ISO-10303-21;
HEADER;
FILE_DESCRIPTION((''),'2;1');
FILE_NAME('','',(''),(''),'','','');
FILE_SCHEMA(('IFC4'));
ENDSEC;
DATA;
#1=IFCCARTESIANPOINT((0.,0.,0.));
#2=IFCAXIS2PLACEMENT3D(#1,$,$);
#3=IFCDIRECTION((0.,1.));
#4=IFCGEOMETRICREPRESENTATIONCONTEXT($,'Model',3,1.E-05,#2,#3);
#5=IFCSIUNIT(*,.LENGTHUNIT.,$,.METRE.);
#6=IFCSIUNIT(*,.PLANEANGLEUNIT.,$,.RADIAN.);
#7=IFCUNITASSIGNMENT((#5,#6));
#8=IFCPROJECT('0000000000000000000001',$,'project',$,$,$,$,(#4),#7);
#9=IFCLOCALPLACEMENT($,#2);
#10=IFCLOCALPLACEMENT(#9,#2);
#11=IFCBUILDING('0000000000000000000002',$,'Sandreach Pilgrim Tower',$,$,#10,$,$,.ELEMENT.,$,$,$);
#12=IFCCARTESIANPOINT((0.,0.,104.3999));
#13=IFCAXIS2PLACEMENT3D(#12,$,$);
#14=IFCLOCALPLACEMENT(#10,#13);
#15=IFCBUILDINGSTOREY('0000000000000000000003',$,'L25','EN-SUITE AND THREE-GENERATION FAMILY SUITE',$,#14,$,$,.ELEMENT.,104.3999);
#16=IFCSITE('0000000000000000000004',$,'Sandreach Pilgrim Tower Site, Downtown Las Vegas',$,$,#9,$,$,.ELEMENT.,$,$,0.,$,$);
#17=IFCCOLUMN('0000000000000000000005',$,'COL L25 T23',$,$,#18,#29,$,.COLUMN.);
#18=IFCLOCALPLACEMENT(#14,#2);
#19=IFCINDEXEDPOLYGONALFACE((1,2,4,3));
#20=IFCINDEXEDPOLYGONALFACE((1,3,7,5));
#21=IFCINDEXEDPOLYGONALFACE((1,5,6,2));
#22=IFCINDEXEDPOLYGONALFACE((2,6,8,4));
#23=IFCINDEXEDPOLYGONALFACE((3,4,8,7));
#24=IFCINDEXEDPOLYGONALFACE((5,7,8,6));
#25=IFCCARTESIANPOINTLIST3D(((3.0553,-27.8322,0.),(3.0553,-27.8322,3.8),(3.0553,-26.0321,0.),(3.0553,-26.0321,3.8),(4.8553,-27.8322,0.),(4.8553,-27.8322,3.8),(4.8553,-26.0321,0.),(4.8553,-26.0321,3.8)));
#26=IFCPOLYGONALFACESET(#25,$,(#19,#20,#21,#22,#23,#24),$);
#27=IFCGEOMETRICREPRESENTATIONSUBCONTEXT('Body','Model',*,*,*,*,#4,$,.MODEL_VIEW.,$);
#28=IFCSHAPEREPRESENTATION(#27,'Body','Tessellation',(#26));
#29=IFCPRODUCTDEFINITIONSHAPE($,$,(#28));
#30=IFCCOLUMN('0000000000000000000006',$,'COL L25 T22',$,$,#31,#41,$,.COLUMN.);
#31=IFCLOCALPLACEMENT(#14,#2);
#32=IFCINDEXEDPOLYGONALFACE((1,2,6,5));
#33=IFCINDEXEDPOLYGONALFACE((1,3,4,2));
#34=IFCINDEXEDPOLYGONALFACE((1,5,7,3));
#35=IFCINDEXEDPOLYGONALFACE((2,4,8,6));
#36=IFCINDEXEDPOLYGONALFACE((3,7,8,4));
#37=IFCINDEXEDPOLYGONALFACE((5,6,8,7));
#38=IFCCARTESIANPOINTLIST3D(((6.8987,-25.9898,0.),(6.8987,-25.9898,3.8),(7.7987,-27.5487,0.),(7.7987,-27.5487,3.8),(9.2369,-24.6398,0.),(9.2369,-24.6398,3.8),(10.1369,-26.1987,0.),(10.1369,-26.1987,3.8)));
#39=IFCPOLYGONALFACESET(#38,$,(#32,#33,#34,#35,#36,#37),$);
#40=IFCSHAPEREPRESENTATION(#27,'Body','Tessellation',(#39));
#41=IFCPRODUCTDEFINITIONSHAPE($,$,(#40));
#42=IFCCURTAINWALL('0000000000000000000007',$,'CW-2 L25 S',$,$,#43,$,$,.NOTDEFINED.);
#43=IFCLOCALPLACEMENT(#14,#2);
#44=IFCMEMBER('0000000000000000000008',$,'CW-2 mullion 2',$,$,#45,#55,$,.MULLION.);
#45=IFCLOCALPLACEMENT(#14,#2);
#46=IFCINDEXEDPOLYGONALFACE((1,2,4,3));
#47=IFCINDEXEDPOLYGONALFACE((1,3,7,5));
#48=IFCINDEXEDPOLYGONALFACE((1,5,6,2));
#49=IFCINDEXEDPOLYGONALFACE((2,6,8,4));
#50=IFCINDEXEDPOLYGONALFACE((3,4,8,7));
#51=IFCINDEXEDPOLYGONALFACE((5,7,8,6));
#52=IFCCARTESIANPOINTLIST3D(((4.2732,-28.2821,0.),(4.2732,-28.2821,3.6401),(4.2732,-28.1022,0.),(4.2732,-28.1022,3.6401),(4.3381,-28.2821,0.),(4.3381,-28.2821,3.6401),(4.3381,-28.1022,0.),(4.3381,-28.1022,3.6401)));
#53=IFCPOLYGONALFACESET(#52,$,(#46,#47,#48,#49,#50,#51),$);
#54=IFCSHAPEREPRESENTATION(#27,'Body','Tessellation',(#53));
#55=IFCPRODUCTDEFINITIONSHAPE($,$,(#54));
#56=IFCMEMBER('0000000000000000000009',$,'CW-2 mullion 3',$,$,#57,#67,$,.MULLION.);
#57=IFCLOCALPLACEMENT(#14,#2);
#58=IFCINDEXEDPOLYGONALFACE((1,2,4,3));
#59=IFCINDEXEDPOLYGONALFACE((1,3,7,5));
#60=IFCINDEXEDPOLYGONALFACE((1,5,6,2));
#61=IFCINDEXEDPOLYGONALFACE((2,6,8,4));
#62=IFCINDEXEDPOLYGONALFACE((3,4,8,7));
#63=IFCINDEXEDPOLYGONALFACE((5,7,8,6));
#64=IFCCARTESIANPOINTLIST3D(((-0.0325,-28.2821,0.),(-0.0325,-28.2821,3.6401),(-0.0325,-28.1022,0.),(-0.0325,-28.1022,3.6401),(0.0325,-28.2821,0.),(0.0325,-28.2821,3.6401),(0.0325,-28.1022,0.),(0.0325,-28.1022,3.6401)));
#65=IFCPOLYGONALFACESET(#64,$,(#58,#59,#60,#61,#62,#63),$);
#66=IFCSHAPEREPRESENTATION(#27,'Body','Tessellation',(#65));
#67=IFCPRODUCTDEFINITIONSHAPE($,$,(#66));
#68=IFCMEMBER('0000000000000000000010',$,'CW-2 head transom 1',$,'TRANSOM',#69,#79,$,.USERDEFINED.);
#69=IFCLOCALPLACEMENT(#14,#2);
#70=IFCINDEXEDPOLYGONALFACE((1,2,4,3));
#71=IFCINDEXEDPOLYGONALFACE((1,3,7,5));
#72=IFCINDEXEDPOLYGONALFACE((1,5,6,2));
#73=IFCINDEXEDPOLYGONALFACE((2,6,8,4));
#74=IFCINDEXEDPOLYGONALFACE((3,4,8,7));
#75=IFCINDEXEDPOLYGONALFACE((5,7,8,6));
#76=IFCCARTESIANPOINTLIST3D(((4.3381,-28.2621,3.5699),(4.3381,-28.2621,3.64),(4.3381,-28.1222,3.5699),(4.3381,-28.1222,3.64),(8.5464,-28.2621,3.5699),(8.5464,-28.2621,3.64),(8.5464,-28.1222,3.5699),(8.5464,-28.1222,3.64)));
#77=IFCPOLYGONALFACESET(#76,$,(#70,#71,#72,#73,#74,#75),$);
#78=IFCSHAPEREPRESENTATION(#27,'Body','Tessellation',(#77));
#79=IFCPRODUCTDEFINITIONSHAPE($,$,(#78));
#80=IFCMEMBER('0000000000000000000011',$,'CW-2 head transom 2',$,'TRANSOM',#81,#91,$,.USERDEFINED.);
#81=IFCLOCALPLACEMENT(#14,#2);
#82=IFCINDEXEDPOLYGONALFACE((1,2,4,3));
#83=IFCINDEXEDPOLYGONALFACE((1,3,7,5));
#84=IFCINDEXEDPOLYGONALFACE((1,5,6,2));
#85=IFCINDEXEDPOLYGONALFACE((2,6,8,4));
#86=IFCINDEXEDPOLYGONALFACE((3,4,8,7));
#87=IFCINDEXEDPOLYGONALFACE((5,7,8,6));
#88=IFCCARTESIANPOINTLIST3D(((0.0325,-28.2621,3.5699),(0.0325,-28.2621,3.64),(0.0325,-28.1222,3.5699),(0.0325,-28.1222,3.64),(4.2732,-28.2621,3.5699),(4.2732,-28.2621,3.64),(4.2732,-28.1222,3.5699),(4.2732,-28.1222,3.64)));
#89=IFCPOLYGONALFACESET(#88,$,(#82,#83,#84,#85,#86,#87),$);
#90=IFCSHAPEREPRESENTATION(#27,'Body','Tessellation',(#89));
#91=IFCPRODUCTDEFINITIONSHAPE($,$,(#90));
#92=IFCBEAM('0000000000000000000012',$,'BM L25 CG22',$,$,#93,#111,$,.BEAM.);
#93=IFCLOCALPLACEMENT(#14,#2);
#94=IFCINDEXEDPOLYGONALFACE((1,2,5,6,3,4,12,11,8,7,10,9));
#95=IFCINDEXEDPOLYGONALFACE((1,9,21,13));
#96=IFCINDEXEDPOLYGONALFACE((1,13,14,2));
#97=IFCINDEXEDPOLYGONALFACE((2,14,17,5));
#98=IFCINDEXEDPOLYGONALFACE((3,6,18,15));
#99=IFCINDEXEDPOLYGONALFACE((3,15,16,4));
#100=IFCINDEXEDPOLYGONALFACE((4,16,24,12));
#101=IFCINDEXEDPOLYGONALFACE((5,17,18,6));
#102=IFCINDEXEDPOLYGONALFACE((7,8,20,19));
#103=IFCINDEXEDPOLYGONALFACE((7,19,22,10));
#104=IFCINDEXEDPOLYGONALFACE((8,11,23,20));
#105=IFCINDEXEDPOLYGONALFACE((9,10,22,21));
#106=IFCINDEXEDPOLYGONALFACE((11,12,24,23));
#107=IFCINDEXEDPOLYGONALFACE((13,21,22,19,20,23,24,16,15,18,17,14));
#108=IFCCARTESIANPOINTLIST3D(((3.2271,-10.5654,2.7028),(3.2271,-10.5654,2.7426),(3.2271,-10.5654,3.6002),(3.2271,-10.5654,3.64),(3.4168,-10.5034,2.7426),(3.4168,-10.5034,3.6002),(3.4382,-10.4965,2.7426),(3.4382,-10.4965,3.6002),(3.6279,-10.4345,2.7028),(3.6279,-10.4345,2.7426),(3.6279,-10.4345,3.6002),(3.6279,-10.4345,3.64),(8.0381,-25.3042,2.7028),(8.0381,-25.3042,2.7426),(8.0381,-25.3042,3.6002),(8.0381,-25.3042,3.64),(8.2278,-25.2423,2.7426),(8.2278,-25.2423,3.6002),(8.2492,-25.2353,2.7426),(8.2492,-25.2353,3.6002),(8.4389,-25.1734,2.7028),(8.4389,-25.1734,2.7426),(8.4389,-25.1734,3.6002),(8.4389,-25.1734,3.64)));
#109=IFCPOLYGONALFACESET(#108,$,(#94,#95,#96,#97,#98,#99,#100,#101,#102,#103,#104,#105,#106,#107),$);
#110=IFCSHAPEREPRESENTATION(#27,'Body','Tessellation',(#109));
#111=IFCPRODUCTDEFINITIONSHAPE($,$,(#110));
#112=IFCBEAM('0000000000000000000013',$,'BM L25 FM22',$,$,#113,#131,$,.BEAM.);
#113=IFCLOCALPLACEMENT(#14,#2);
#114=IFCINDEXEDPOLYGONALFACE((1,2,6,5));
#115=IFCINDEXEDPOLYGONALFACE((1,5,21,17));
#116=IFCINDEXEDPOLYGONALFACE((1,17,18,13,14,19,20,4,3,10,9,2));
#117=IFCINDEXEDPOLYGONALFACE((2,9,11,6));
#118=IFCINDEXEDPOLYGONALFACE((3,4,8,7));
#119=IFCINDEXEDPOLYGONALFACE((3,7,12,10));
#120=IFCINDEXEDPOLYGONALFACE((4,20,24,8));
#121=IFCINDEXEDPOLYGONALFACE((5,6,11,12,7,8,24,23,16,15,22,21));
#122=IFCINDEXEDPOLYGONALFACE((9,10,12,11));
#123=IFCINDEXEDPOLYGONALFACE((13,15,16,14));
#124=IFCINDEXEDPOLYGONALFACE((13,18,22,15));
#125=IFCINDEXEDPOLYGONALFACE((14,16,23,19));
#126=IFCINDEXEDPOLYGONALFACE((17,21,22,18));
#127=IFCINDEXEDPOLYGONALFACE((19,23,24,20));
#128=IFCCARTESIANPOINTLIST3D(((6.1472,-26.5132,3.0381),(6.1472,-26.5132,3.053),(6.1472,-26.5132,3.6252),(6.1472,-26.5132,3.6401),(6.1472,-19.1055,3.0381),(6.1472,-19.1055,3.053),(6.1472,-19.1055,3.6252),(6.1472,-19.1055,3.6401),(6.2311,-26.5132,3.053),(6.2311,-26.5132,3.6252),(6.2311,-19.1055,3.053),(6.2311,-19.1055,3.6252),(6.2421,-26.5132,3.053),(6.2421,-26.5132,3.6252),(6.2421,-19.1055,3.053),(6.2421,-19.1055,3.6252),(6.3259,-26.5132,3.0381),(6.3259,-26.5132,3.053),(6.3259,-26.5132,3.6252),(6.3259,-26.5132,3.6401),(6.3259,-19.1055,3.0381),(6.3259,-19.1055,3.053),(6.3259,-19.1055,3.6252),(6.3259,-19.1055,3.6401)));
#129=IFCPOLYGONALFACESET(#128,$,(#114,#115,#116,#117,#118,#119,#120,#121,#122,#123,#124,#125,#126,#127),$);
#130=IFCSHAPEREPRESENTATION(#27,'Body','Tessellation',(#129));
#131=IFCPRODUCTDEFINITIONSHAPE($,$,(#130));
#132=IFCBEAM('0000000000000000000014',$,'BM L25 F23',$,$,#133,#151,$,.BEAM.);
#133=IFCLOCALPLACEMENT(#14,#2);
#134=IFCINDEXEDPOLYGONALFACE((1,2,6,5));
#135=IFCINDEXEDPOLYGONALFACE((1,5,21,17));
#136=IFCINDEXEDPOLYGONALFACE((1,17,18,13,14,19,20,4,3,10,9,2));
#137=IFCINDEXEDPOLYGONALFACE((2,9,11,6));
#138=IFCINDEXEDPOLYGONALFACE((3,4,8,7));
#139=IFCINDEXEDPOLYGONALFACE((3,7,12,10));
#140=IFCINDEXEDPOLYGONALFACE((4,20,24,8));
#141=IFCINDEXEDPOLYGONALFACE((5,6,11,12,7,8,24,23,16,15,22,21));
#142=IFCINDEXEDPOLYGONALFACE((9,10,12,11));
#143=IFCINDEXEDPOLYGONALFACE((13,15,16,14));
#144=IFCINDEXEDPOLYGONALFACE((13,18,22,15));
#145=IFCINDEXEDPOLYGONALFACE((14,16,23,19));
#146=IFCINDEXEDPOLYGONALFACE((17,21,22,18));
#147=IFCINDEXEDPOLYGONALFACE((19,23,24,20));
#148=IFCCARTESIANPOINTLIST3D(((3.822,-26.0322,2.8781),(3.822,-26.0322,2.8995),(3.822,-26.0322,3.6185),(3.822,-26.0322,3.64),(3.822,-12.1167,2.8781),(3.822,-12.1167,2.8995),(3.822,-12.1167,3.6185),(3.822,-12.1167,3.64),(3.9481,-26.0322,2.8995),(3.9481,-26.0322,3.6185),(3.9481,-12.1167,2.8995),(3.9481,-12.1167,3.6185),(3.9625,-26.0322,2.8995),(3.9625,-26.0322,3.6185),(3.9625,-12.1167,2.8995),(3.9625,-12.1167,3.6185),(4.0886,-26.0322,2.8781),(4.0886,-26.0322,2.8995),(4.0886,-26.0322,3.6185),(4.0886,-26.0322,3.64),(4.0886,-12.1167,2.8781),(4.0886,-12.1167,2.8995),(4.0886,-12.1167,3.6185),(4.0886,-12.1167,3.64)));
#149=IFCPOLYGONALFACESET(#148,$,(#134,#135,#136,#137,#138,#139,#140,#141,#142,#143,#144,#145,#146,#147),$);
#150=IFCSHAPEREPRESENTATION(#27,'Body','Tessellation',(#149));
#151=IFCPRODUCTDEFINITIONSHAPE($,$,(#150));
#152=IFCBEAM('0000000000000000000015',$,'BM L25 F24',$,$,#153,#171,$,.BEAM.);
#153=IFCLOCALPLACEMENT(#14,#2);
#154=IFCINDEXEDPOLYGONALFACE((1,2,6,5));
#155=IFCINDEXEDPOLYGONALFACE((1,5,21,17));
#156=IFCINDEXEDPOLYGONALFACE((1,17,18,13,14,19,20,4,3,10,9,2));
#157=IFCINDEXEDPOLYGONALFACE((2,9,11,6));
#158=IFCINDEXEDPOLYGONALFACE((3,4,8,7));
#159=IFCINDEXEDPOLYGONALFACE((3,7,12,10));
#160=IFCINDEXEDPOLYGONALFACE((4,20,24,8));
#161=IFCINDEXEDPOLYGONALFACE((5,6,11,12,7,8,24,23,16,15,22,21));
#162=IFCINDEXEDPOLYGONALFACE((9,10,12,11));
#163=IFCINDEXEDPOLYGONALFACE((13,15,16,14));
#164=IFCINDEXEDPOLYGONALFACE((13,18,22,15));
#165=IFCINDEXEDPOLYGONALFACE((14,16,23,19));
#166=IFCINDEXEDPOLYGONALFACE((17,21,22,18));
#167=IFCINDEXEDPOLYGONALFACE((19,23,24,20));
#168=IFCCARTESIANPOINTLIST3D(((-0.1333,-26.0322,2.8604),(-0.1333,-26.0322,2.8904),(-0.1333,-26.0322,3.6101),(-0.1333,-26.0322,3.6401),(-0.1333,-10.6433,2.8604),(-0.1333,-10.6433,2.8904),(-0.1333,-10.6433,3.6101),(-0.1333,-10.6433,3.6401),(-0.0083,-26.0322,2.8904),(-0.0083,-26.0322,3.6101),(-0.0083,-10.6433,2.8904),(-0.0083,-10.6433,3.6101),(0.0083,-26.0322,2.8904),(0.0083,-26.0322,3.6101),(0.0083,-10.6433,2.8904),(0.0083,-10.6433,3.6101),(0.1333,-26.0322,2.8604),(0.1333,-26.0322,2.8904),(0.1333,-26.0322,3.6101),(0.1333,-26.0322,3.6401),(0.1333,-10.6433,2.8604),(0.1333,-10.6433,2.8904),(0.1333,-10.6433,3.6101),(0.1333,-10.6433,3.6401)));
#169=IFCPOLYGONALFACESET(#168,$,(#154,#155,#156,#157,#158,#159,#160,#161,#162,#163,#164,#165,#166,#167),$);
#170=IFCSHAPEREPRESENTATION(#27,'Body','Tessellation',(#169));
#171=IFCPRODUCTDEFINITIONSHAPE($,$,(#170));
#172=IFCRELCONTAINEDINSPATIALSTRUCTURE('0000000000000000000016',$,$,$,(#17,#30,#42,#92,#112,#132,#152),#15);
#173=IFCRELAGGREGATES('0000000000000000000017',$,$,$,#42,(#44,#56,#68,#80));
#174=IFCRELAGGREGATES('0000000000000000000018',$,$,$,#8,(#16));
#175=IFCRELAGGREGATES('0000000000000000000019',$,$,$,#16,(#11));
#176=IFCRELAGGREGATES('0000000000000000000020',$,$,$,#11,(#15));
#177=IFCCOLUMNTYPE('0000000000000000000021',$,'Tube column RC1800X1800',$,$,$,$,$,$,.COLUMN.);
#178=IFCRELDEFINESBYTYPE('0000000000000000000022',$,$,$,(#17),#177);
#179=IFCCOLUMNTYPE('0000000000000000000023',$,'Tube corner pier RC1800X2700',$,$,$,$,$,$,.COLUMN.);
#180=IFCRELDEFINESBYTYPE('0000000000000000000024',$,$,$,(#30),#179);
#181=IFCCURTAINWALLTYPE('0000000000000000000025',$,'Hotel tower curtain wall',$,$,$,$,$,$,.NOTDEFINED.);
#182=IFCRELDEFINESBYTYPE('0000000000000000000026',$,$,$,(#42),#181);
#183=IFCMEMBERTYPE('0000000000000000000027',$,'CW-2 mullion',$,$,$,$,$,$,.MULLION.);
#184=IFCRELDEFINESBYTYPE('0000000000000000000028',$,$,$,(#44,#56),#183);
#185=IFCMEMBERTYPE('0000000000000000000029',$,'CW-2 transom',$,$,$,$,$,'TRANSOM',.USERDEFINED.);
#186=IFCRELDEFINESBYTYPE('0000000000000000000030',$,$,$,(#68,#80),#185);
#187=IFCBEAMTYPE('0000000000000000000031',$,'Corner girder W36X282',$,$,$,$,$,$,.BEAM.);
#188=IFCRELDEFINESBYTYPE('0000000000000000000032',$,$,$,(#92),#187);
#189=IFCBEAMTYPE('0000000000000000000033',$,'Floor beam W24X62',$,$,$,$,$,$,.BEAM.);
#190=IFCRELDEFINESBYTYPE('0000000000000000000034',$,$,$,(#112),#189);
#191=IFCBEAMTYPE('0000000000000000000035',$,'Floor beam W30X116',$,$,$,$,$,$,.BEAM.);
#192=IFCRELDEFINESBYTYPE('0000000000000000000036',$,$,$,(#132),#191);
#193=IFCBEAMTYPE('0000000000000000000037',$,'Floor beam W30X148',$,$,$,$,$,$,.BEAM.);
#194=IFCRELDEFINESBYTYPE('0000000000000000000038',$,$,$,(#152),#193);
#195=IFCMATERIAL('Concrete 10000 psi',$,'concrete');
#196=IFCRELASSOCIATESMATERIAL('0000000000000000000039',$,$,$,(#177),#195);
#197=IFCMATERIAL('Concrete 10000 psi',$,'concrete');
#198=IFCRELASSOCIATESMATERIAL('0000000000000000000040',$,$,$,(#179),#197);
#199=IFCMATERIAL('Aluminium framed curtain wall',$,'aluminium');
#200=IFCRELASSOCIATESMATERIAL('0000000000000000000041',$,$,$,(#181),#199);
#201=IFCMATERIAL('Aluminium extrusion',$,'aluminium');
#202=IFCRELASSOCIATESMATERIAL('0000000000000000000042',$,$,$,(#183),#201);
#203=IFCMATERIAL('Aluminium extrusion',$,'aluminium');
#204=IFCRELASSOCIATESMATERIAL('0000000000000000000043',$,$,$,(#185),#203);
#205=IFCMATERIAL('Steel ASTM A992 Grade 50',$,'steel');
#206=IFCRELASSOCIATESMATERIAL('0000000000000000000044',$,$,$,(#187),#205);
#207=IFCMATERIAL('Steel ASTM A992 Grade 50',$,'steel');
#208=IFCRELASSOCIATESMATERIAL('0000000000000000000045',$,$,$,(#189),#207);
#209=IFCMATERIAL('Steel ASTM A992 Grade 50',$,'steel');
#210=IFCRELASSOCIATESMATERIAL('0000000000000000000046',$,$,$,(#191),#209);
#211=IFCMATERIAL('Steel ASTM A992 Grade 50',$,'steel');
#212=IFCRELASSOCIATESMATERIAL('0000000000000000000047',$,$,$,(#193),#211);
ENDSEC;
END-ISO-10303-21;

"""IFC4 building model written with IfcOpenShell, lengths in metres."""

from ifc_helpers import new_model, si_unit, direction, frame, origin, origin_2d, place, context, subcontext, project, spatial, rectangle, i_section, extrude, material, material_profile, profile_set, type_object, element, aggregate, save


model = new_model("IFC4")

# Units and contexts
model_context = context("Model", 3, precision=1e-05, world=origin(), true_north=direction((0.0, 1.0)))
body_context = subcontext(model_context, "Body", "Model", "MODEL_VIEW")
ifc_project = project(units=[si_unit("LENGTHUNIT", "METRE"), si_unit("PLANEANGLEUNIT", "RADIAN")], contexts=[model_context])

# Site, building, storey
site_placement = place(None, origin())
site = spatial("IfcSite", under=ifc_project, at=site_placement, Name="Sandreach Pilgrim Tower Site, Downtown Las Vegas", CompositionType="ELEMENT", RefElevation=0.0)
building_placement = place(site_placement, origin())
building = spatial("IfcBuilding", under=site, at=building_placement, Name="Sandreach Pilgrim Tower", CompositionType="ELEMENT")
storey_placement = place(building_placement, frame((0.0, 0.0, 104.3999)))
storey = spatial("IfcBuildingStorey", under=building, at=storey_placement, Name="L25", Description="EN-SUITE AND THREE-GENERATION FAMILY SUITE", CompositionType="ELEMENT", Elevation=104.3999)

# Columns
ifc_material_1 = material(Name="Concrete 10000 psi", Category="concrete")
ifc_material_profile_1 = material_profile(ifc_material_1, rectangle(XDim=1.8, YDim=1.8, at=origin_2d()), Name="RC1800X1800")
ifc_profile_set_1 = profile_set([ifc_material_profile_1], Name="Concrete 10000 psi")
column_type_1 = type_object("IfcColumnType", Name="Tube column RC1800X1800", PredefinedType="COLUMN", material=ifc_profile_set_1)
column_1_placement = place(storey_placement, frame((3.9553, -26.9321, 0.0), z_axis=(0.0, 0.0, 1.0), x_axis=(0.0, -1.0, 0.0)))
element("IfcColumn", 1, at=column_1_placement, inside=storey, type_object=column_type_1, Name="COL L25 T23", PredefinedType="COLUMN", context=body_context, shape_type="SweptSolid", body=[
    extrude(rectangle(XDim=1.8, YDim=1.8, at=origin_2d()), origin(), (0.0, 0.0, 1.0), 3.8),
])
ifc_material_2 = material(Name="Concrete 10000 psi", Category="concrete")
ifc_material_profile_2 = material_profile(ifc_material_2, rectangle(XDim=1.8, YDim=2.7, at=origin_2d()), Name="RC1800X2700")
ifc_profile_set_2 = profile_set([ifc_material_profile_2], Name="Concrete 10000 psi")
column_type_2 = type_object("IfcColumnType", Name="Tube corner pier RC1800X2700", PredefinedType="COLUMN", material=ifc_profile_set_2)
column_2_placement = place(storey_placement, frame((8.5178, -26.0942, 0.0), z_axis=(0.0, 0.0, 1.0), x_axis=(0.5, -0.866025, 0.0)))
element("IfcColumn", 2, at=column_2_placement, inside=storey, type_object=column_type_2, Name="COL L25 T22", PredefinedType="COLUMN", context=body_context, shape_type="SweptSolid", body=[
    extrude(rectangle(XDim=1.8, YDim=2.7, at=origin_2d()), origin(), (0.0, 0.0, 1.0), 3.8),
])

# Curtain wall, members
ifc_material_3 = material(Name="Aluminium framed curtain wall", Category="aluminium")
curtain_wall_type = type_object("IfcCurtainWallType", Name="Hotel tower curtain wall", PredefinedType="NOTDEFINED", material=ifc_material_3)
curtain_wall_placement = place(storey_placement, origin())
curtain_wall = element("IfcCurtainWall", 3, at=curtain_wall_placement, inside=storey, type_object=curtain_wall_type, Name="CW-2 L25 S", PredefinedType="NOTDEFINED")
ifc_material_4 = material(Name="Aluminium extrusion", Category="aluminium")
ifc_material_profile_3 = material_profile(ifc_material_4, rectangle(XDim=0.0649, YDim=0.1799, at=origin_2d()), Name="CW-2M 65X180")
ifc_profile_set_3 = profile_set([ifc_material_profile_3], Name="Aluminium extrusion")
member_type_1 = type_object("IfcMemberType", Name="CW-2 mullion", PredefinedType="MULLION", material=ifc_profile_set_3)
member_1_placement = place(storey_placement, frame((4.3057, -28.1921, 0.0), z_axis=(0.0, 0.0, 1.0), x_axis=(-1.0, 0.0, 0.0)))
member_1 = element("IfcMember", 4, at=member_1_placement, type_object=member_type_1, Name="CW-2 mullion 2", PredefinedType="MULLION", context=body_context, shape_type="SweptSolid", body=[
    extrude(rectangle(XDim=0.0649, YDim=0.1799, at=origin_2d()), origin(), (0.0, 0.0, 1.0), 3.6401),
])
member_2_placement = place(storey_placement, frame((0.0, -28.1921, 0.0), z_axis=(0.0, 0.0, 1.0), x_axis=(-1.0, 0.0, 0.0)))
member_2 = element("IfcMember", 5, at=member_2_placement, type_object=member_type_1, Name="CW-2 mullion 3", PredefinedType="MULLION", context=body_context, shape_type="SweptSolid", body=[
    extrude(rectangle(XDim=0.0649, YDim=0.1799, at=origin_2d()), origin(), (0.0, 0.0, 1.0), 3.6401),
])
ifc_material_5 = material(Name="Aluminium extrusion", Category="aluminium")
ifc_material_profile_4 = material_profile(ifc_material_5, rectangle(XDim=0.1399, YDim=0.0701, at=origin_2d()), Name="CW-2T 140X70")
ifc_profile_set_4 = profile_set([ifc_material_profile_4], Name="Aluminium extrusion")
member_type_2 = type_object("IfcMemberType", Name="CW-2 transom", ElementType="TRANSOM", PredefinedType="USERDEFINED", material=ifc_profile_set_4)
member_3_placement = place(storey_placement, frame((8.5464, -28.1921, 3.605), z_axis=(-1.0, 0.0, 0.0), x_axis=(0.0, -1.0, 0.0)))
member_3 = element("IfcMember", 6, at=member_3_placement, type_object=member_type_2, Name="CW-2 head transom 1", ObjectType="TRANSOM", PredefinedType="USERDEFINED", context=body_context, shape_type="SweptSolid", body=[
    extrude(rectangle(XDim=0.1399, YDim=0.0701, at=origin_2d()), origin(), (0.0, 0.0, 1.0), 4.2083),
])
member_4_placement = place(storey_placement, frame((4.2732, -28.1921, 3.605), z_axis=(-1.0, 0.0, 0.0), x_axis=(0.0, -1.0, 0.0)))
member_4 = element("IfcMember", 7, at=member_4_placement, type_object=member_type_2, Name="CW-2 head transom 2", ObjectType="TRANSOM", PredefinedType="USERDEFINED", context=body_context, shape_type="SweptSolid", body=[
    extrude(rectangle(XDim=0.1399, YDim=0.0701, at=origin_2d()), origin(), (0.0, 0.0, 1.0), 4.2407),
])

# Beams
ifc_material_6 = material(Name="Steel ASTM A992 Grade 50", Category="steel")
ifc_material_profile_5 = material_profile(ifc_material_6, i_section(OverallWidth=0.4216, OverallDepth=0.9373, WebThickness=0.0225, FlangeThickness=0.0398, at=origin_2d()), Name="W36X282")
ifc_profile_set_5 = profile_set([ifc_material_profile_5], Name="Steel ASTM A992 Grade 50")
beam_type_1 = type_object("IfcBeamType", Name="Corner girder W36X282", PredefinedType="BEAM", material=ifc_profile_set_5)
beam_1_placement = place(storey_placement, frame((8.2385, -25.2388, 3.1714), z_axis=(-0.310307, 0.950636, 0.0), x_axis=(-0.950636, -0.310307, 0.0)))
element("IfcBeam", 8, at=beam_1_placement, inside=storey, type_object=beam_type_1, Name="BM L25 CG22", PredefinedType="BEAM", context=body_context, shape_type="SweptSolid", body=[
    extrude(i_section(OverallWidth=0.4216, OverallDepth=0.9373, WebThickness=0.0225, FlangeThickness=0.0398, at=origin_2d()), origin(), (0.0, 0.0, 1.0), 15.5042),
])
ifc_material_7 = material(Name="Steel ASTM A992 Grade 50", Category="steel")
ifc_material_profile_6 = material_profile(ifc_material_7, i_section(OverallWidth=0.1787, OverallDepth=0.6021, WebThickness=0.011, FlangeThickness=0.0149, at=origin_2d()), Name="W24X62")
ifc_profile_set_6 = profile_set([ifc_material_profile_6], Name="Steel ASTM A992 Grade 50")
beam_type_2 = type_object("IfcBeamType", Name="Floor beam W24X62", PredefinedType="BEAM", material=ifc_profile_set_6)
beam_2_placement = place(storey_placement, frame((6.2366, -26.5132, 3.3391), z_axis=(0.0, 1.0, 0.0), x_axis=(-1.0, 0.0, 0.0)))
element("IfcBeam", 9, at=beam_2_placement, inside=storey, type_object=beam_type_2, Name="BM L25 FM22", PredefinedType="BEAM", context=body_context, shape_type="SweptSolid", body=[
    extrude(i_section(OverallWidth=0.1787, OverallDepth=0.6021, WebThickness=0.011, FlangeThickness=0.0149, at=origin_2d()), origin(), (0.0, 0.0, 1.0), 7.4077),
])
ifc_material_8 = material(Name="Steel ASTM A992 Grade 50", Category="steel")
ifc_material_profile_7 = material_profile(ifc_material_8, i_section(OverallWidth=0.2666, OverallDepth=0.762, WebThickness=0.0144, FlangeThickness=0.0215, at=origin_2d()), Name="W30X116")
ifc_profile_set_7 = profile_set([ifc_material_profile_7], Name="Steel ASTM A992 Grade 50")
beam_type_3 = type_object("IfcBeamType", Name="Floor beam W30X116", PredefinedType="BEAM", material=ifc_profile_set_7)
beam_3_placement = place(storey_placement, frame((3.9553, -26.0322, 3.259), z_axis=(0.0, 1.0, 0.0), x_axis=(-1.0, 0.0, 0.0)))
element("IfcBeam", 10, at=beam_3_placement, inside=storey, type_object=beam_type_3, Name="BM L25 F23", PredefinedType="BEAM", context=body_context, shape_type="SweptSolid", body=[
    extrude(i_section(OverallWidth=0.2666, OverallDepth=0.762, WebThickness=0.0144, FlangeThickness=0.0215, at=origin_2d()), origin(), (0.0, 0.0, 1.0), 13.9155),
])
ifc_material_9 = material(Name="Steel ASTM A992 Grade 50", Category="steel")
ifc_material_profile_8 = material_profile(ifc_material_9, i_section(OverallWidth=0.2666, OverallDepth=0.7798, WebThickness=0.0166, FlangeThickness=0.03, at=origin_2d()), Name="W30X148")
ifc_profile_set_8 = profile_set([ifc_material_profile_8], Name="Steel ASTM A992 Grade 50")
beam_type_4 = type_object("IfcBeamType", Name="Floor beam W30X148", PredefinedType="BEAM", material=ifc_profile_set_8)
beam_4_placement = place(storey_placement, frame((0.0, -26.0322, 3.2502), z_axis=(0.0, 1.0, 0.0), x_axis=(-1.0, 0.0, 0.0)))
element("IfcBeam", 11, at=beam_4_placement, inside=storey, type_object=beam_type_4, Name="BM L25 F24", PredefinedType="BEAM", context=body_context, shape_type="SweptSolid", body=[
    extrude(i_section(OverallWidth=0.2666, OverallDepth=0.7798, WebThickness=0.0166, FlangeThickness=0.03, at=origin_2d()), origin(), (0.0, 0.0, 1.0), 15.3889),
])

aggregate(curtain_wall, [member_1, member_2, member_3, member_4])

save(model, "model.ifc")
